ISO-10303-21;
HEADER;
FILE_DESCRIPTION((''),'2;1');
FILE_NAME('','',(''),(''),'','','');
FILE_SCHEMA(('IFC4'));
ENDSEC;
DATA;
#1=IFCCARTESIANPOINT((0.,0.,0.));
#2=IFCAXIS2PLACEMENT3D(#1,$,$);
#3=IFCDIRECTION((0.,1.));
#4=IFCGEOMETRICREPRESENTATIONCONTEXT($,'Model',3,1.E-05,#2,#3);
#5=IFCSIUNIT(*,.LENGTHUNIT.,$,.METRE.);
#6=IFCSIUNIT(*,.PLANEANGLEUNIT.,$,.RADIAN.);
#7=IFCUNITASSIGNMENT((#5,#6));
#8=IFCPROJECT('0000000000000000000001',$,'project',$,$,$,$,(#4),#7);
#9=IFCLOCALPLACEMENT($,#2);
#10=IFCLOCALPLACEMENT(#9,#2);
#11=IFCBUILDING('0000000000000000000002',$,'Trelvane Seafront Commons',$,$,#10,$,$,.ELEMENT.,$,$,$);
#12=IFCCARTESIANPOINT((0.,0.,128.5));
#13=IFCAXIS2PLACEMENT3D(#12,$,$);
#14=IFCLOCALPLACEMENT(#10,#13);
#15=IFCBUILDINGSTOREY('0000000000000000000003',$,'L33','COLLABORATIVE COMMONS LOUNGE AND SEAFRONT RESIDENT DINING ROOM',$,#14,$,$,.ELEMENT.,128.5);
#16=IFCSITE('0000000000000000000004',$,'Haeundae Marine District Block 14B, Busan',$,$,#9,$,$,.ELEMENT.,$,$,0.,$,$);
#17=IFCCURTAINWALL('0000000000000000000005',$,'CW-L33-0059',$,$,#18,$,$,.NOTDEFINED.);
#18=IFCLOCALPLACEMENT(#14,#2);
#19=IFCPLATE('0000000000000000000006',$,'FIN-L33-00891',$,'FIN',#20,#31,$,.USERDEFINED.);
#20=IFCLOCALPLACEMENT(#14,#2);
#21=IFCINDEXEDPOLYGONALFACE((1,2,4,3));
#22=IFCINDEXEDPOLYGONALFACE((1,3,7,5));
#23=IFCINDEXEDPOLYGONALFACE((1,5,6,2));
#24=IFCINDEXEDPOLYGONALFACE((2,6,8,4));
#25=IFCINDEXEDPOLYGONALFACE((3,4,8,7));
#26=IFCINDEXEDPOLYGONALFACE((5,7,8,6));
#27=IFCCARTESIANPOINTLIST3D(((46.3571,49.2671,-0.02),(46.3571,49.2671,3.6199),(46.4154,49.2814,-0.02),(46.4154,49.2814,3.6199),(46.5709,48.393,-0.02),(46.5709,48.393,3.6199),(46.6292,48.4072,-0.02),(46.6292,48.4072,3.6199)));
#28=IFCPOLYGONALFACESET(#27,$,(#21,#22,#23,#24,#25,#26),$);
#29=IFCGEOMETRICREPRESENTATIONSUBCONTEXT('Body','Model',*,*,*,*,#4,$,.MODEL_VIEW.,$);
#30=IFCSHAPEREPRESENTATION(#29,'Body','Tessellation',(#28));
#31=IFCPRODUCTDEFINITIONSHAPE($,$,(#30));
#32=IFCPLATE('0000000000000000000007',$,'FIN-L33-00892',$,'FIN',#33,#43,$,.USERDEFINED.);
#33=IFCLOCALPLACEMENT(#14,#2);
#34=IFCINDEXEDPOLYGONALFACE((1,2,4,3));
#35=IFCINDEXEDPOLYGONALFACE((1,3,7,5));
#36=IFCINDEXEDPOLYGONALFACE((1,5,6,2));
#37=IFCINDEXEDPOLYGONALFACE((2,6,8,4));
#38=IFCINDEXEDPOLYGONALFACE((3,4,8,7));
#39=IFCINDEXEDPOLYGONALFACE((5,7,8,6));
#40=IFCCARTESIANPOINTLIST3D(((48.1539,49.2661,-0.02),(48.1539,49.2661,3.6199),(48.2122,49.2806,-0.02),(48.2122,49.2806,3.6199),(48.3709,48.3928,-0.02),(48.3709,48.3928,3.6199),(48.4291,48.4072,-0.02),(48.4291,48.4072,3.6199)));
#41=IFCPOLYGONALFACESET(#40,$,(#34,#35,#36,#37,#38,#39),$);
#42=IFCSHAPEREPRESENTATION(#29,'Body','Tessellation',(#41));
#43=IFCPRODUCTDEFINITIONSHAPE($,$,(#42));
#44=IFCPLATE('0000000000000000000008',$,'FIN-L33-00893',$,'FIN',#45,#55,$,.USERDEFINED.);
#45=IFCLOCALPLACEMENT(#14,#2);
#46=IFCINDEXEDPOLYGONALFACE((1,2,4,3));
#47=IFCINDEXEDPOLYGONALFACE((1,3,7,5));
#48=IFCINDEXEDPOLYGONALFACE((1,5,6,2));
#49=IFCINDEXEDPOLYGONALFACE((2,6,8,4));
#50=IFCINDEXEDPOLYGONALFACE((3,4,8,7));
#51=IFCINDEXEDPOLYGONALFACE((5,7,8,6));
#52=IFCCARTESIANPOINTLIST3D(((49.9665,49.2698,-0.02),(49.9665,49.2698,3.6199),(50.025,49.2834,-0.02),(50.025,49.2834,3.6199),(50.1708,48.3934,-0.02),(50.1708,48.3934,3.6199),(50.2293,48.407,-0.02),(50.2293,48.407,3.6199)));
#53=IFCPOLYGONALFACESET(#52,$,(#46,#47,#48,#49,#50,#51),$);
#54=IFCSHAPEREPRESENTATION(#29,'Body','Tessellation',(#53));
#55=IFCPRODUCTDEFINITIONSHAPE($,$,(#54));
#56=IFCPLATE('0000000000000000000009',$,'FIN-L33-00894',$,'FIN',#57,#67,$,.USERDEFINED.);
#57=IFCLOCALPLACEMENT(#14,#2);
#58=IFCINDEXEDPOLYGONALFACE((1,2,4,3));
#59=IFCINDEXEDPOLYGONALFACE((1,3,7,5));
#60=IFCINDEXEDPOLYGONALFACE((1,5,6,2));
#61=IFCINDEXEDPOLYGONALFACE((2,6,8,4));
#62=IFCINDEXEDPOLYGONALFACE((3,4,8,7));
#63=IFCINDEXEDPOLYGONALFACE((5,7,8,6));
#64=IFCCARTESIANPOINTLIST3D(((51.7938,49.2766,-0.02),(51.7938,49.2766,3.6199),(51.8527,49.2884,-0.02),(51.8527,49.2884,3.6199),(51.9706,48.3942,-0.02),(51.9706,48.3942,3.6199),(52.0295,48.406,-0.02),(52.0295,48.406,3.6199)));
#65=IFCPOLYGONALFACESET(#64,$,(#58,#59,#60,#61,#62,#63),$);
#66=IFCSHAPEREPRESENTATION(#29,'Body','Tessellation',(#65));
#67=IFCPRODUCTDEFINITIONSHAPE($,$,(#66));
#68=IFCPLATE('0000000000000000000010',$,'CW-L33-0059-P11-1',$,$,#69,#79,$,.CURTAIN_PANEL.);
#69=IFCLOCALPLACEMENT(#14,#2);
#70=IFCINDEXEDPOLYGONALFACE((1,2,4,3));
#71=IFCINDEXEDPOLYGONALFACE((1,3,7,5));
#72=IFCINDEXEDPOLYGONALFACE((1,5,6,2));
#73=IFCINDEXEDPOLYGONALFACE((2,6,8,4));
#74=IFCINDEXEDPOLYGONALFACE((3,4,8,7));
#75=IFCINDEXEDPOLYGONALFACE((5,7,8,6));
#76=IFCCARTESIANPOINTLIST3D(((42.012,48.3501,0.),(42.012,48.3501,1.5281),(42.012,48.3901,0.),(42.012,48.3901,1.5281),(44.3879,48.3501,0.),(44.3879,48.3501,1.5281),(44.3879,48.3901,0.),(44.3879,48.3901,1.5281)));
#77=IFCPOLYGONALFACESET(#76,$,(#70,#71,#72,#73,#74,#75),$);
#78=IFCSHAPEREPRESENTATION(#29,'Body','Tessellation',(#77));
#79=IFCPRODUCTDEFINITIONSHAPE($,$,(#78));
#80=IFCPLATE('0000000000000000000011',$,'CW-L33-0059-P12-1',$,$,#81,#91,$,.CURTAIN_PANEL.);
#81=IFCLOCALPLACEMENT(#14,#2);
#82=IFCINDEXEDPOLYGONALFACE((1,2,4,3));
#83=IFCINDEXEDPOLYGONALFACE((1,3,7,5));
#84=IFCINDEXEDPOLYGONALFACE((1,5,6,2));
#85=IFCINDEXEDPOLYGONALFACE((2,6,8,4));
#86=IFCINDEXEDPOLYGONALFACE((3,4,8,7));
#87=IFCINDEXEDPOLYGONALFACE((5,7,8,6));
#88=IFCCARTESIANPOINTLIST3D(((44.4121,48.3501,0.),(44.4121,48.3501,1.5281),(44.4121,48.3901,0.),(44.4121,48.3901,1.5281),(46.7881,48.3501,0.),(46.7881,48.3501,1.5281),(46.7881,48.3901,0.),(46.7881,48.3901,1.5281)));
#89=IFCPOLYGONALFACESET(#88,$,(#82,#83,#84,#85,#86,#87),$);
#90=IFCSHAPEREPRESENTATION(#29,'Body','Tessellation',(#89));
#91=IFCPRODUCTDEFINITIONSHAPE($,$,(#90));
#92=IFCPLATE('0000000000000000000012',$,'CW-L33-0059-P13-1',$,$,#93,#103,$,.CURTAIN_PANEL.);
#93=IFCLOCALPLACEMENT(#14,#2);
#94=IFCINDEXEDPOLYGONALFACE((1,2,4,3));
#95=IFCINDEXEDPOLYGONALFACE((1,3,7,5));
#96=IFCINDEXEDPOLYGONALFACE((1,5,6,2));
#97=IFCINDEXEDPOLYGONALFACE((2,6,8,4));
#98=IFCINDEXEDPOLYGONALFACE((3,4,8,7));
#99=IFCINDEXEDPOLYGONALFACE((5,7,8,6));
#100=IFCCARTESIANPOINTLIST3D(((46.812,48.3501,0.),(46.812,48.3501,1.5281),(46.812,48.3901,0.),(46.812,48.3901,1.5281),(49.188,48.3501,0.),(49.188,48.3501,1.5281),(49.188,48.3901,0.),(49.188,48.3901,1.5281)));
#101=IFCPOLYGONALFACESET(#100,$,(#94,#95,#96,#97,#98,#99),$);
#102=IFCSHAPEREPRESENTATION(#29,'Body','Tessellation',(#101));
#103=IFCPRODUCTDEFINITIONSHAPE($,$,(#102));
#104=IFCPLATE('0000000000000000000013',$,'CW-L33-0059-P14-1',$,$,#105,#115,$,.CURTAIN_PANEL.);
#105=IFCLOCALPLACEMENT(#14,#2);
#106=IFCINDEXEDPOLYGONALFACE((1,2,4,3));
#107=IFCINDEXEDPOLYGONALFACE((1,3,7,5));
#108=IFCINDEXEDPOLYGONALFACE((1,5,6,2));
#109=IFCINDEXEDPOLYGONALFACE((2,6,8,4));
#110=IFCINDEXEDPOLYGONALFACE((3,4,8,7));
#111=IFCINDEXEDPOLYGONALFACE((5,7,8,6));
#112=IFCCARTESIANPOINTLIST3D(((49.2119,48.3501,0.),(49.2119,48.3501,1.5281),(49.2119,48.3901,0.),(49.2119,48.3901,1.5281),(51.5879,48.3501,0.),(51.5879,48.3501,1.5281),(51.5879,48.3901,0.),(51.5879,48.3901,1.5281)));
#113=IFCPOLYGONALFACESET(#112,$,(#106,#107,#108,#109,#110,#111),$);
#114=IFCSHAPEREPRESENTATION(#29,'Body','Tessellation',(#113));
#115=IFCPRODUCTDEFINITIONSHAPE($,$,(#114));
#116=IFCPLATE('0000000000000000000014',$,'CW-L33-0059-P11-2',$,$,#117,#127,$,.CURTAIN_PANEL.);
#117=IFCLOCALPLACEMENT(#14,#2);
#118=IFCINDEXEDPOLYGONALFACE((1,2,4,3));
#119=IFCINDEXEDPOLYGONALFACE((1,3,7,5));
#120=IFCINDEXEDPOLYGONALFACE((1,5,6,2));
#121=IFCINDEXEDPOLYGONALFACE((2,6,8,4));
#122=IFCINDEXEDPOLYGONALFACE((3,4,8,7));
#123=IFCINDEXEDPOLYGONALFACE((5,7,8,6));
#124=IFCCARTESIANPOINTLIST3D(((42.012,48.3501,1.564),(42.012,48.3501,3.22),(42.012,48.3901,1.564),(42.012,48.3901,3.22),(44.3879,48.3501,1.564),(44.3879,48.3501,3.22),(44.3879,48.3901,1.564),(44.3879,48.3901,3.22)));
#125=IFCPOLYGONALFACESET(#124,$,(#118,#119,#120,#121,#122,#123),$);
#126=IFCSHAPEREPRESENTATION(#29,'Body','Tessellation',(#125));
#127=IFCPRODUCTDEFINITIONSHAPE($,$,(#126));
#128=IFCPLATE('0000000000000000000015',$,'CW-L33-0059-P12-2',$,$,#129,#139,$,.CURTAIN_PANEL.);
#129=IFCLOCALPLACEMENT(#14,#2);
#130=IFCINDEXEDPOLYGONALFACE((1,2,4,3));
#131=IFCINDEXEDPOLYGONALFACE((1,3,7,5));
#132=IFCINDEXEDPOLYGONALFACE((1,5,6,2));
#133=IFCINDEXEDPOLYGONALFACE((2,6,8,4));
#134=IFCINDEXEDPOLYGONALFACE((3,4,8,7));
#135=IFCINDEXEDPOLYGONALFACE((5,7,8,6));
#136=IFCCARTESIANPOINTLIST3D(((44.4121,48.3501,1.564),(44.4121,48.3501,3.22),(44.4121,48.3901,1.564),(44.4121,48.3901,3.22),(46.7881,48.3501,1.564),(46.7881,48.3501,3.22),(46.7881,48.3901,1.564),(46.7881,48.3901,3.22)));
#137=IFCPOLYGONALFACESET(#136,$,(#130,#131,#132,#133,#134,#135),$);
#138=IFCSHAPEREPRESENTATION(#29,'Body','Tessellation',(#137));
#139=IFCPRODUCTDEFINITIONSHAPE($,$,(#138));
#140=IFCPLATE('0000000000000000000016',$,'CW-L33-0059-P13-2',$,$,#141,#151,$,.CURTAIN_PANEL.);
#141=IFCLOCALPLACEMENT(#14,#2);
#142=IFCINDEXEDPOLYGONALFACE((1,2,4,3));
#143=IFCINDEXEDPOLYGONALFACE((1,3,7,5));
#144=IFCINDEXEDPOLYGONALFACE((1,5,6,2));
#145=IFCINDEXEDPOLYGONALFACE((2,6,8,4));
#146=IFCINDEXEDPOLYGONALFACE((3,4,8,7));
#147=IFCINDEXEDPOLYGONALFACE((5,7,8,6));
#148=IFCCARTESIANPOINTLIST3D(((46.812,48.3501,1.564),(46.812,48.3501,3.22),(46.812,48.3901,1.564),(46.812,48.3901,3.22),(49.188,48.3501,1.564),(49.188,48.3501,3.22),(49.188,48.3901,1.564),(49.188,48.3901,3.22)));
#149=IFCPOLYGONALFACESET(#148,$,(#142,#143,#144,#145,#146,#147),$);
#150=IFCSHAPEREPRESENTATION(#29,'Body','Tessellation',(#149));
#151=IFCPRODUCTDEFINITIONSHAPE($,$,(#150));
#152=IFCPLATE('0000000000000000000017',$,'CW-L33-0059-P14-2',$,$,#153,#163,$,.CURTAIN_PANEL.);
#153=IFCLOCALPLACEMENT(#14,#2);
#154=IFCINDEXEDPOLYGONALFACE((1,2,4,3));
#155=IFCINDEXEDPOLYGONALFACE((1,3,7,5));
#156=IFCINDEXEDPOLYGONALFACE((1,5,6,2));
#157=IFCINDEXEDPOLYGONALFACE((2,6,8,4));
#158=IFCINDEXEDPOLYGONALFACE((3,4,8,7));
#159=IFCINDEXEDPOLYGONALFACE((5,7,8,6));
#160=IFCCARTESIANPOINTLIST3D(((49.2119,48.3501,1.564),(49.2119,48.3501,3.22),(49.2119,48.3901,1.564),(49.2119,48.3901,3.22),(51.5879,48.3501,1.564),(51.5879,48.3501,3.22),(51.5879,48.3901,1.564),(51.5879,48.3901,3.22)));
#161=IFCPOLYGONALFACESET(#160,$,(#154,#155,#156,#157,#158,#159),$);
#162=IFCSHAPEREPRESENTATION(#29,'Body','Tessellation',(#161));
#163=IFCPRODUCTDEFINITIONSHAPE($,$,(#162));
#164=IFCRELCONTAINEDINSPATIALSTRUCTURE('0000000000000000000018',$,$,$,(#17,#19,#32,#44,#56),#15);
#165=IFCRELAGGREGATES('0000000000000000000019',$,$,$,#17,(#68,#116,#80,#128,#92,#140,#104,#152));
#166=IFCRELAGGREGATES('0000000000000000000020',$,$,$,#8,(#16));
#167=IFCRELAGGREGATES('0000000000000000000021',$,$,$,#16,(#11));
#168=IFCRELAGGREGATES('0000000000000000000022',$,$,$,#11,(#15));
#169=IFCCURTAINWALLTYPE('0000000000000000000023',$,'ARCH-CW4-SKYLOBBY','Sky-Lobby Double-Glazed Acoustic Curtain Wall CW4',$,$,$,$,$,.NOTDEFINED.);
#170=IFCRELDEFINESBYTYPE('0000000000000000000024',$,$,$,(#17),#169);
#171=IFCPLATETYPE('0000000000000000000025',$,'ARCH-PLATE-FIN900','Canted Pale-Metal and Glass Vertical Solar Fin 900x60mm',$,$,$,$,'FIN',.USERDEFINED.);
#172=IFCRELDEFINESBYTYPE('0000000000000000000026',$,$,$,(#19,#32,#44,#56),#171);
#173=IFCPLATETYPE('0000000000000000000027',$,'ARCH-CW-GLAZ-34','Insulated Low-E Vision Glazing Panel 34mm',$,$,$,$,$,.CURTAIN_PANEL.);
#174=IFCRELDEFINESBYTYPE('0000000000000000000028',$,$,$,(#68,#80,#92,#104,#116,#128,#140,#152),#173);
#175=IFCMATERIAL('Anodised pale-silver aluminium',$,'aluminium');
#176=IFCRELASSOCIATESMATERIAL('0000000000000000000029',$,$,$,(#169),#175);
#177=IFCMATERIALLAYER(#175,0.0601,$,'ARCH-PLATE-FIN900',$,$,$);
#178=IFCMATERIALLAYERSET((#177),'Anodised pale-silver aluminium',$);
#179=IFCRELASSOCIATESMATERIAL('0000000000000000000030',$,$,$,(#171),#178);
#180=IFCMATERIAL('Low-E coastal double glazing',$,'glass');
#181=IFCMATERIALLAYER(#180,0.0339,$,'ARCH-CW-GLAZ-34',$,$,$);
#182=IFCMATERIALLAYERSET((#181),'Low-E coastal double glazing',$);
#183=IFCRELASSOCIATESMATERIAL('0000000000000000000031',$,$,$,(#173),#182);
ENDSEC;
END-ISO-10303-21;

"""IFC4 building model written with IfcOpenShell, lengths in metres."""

from ifc_helpers import new_model, si_unit, direction, frame, origin, origin_2d, place, context, subcontext, project, spatial, rectangle, extrude, source, transform, mapped, material, layer, layer_set, type_object, element, aggregate, save


model = new_model("IFC4")

# Units and contexts
model_context = context("Model", 3, precision=1e-05, world=origin(), true_north=direction((0.0, 1.0)))
body_context = subcontext(model_context, "Body", "Model", "MODEL_VIEW")
ifc_project = project(units=[si_unit("LENGTHUNIT", "METRE"), si_unit("PLANEANGLEUNIT", "RADIAN")], contexts=[model_context])

# Site, building, storey
site_placement = place(None, origin())
site = spatial("IfcSite", under=ifc_project, at=site_placement, Name="Haeundae Marine District Block 14B, Busan", CompositionType="ELEMENT", RefElevation=0.0)
building_placement = place(site_placement, origin())
building = spatial("IfcBuilding", under=site, at=building_placement, Name="Trelvane Seafront Commons", CompositionType="ELEMENT")
storey_placement = place(building_placement, frame((0.0, 0.0, 128.5)))
storey = spatial("IfcBuildingStorey", under=building, at=storey_placement, Name="L33", Description="COLLABORATIVE COMMONS LOUNGE AND SEAFRONT RESIDENT DINING ROOM", CompositionType="ELEMENT", Elevation=128.5)

# Curtain wall
ifc_material_1 = material(Name="Anodised pale-silver aluminium", Category="aluminium")
curtain_wall_type = type_object("IfcCurtainWallType", Name="ARCH-CW4-SKYLOBBY", Description="Sky-Lobby Double-Glazed Acoustic Curtain Wall CW4", PredefinedType="NOTDEFINED", material=ifc_material_1)
curtain_wall_placement = place(storey_placement, origin())
curtain_wall = element("IfcCurtainWall", 1, at=curtain_wall_placement, inside=storey, type_object=curtain_wall_type, Name="CW-L33-0059", PredefinedType="NOTDEFINED")

# Plates
ifc_layer_1 = layer(ifc_material_1, 0.0601, Name="ARCH-PLATE-FIN900")
ifc_layer_set_1 = layer_set([ifc_layer_1], Name="Anodised pale-silver aluminium")
plate_type_1 = type_object("IfcPlateType", Name="ARCH-PLATE-FIN900", Description="Canted Pale-Metal and Glass Vertical Solar Fin 900x60mm", ElementType="FIN", PredefinedType="USERDEFINED", material=ifc_layer_set_1)
shared_shape_1 = source(origin(), body_context, "Body", "SweptSolid", [
    extrude(rectangle(XDim=0.8999, YDim=0.0601, at=origin_2d()), origin(), (0.0, 0.0, 1.0), 3.6399),
])
for number, where, z_axis, x_axis, name in (
    (2, (46.4932, 48.8372, -0.02), (0.0, 0.0, 1.0), (-0.237566, 0.971372, 0.0), "FIN-L33-00891"),
    (3, (48.2915, 48.8367, -0.02), (0.0, 0.0, 1.0), (-0.241124, 0.970494, 0.0), "FIN-L33-00892"),
    (4, (50.0979, 48.8384, -0.02), (0.0, 0.0, 1.0), (-0.227107, 0.97387, 0.0), "FIN-L33-00893"),
    (5, (51.9116, 48.8413, -0.02), (0.0, 0.0, 1.0), (-0.196437, 0.980516, 0.0), "FIN-L33-00894"),
):
    element("IfcPlate", number, at=place(storey_placement, frame(where, z_axis=z_axis, x_axis=x_axis)), inside=storey, type_object=plate_type_1, Name=name, ObjectType="FIN", PredefinedType="USERDEFINED", context=body_context, shape_type="MappedRepresentation", body=[
        mapped(shared_shape_1, transform((0.0, 0.0, 0.0), x_axis=(1.0, 0.0, 0.0), y_axis=(0.0, 1.0, 0.0), z_axis=(0.0, 0.0, 1.0), scale=1.0)),
    ])

# Plates
ifc_material_2 = material(Name="Low-E coastal double glazing", Category="glass")
ifc_layer_2 = layer(ifc_material_2, 0.0339, Name="ARCH-CW-GLAZ-34")
ifc_layer_set_2 = layer_set([ifc_layer_2], Name="Low-E coastal double glazing")
plate_type_2 = type_object("IfcPlateType", Name="ARCH-CW-GLAZ-34", Description="Insulated Low-E Vision Glazing Panel 34mm", PredefinedType="CURTAIN_PANEL", material=ifc_layer_set_2)
shared_shape_2 = source(origin(), body_context, "Body", "SweptSolid", [
    extrude(rectangle(XDim=2.376, YDim=0.04, at=origin_2d()), origin(), (0.0, 0.0, 1.0), 1.5281),
])
plate_1_placement = place(storey_placement, frame((43.2, 48.3701, 0.0), z_axis=(0.0, 0.0, 1.0), x_axis=(1.0, 0.0, 0.0)))
plate_1 = element("IfcPlate", 6, at=plate_1_placement, type_object=plate_type_2, Name="CW-L33-0059-P11-1", PredefinedType="CURTAIN_PANEL", context=body_context, shape_type="MappedRepresentation", body=[
    mapped(shared_shape_2, transform((0.0, 0.0, 0.0), x_axis=(1.0, 0.0, 0.0), y_axis=(0.0, 1.0, 0.0), z_axis=(0.0, 0.0, 1.0), scale=1.0)),
])
plate_2_placement = place(storey_placement, frame((45.6001, 48.3701, 0.0), z_axis=(0.0, 0.0, 1.0), x_axis=(1.0, 0.0, 0.0)))
plate_2 = element("IfcPlate", 7, at=plate_2_placement, type_object=plate_type_2, Name="CW-L33-0059-P12-1", PredefinedType="CURTAIN_PANEL", context=body_context, shape_type="MappedRepresentation", body=[
    mapped(shared_shape_2, transform((0.0, 0.0, 0.0), x_axis=(1.0, 0.0, 0.0), y_axis=(0.0, 1.0, 0.0), z_axis=(0.0, 0.0, 1.0), scale=1.0)),
])
plate_3_placement = place(storey_placement, frame((48.0, 48.3701, 0.0), z_axis=(0.0, 0.0, 1.0), x_axis=(1.0, 0.0, 0.0)))
plate_3 = element("IfcPlate", 8, at=plate_3_placement, type_object=plate_type_2, Name="CW-L33-0059-P13-1", PredefinedType="CURTAIN_PANEL", context=body_context, shape_type="MappedRepresentation", body=[
    mapped(shared_shape_2, transform((0.0, 0.0, 0.0), x_axis=(1.0, 0.0, 0.0), y_axis=(0.0, 1.0, 0.0), z_axis=(0.0, 0.0, 1.0), scale=1.0)),
])
plate_4_placement = place(storey_placement, frame((50.3999, 48.3701, 0.0), z_axis=(0.0, 0.0, 1.0), x_axis=(1.0, 0.0, 0.0)))
plate_4 = element("IfcPlate", 9, at=plate_4_placement, type_object=plate_type_2, Name="CW-L33-0059-P14-1", PredefinedType="CURTAIN_PANEL", context=body_context, shape_type="MappedRepresentation", body=[
    mapped(shared_shape_2, transform((0.0, 0.0, 0.0), x_axis=(1.0, 0.0, 0.0), y_axis=(0.0, 1.0, 0.0), z_axis=(0.0, 0.0, 1.0), scale=1.0)),
])
shared_shape_3 = source(origin(), body_context, "Body", "SweptSolid", [
    extrude(rectangle(XDim=2.376, YDim=0.04, at=origin_2d()), origin(), (0.0, 0.0, 1.0), 1.656),
])
plate_5_placement = place(storey_placement, frame((43.2, 48.3701, 1.564), z_axis=(0.0, 0.0, 1.0), x_axis=(1.0, 0.0, 0.0)))
plate_5 = element("IfcPlate", 10, at=plate_5_placement, type_object=plate_type_2, Name="CW-L33-0059-P11-2", PredefinedType="CURTAIN_PANEL", context=body_context, shape_type="MappedRepresentation", body=[
    mapped(shared_shape_3, transform((0.0, 0.0, 0.0), x_axis=(1.0, 0.0, 0.0), y_axis=(0.0, 1.0, 0.0), z_axis=(0.0, 0.0, 1.0), scale=1.0)),
])
plate_6_placement = place(storey_placement, frame((45.6001, 48.3701, 1.564), z_axis=(0.0, 0.0, 1.0), x_axis=(1.0, 0.0, 0.0)))
plate_6 = element("IfcPlate", 11, at=plate_6_placement, type_object=plate_type_2, Name="CW-L33-0059-P12-2", PredefinedType="CURTAIN_PANEL", context=body_context, shape_type="MappedRepresentation", body=[
    mapped(shared_shape_3, transform((0.0, 0.0, 0.0), x_axis=(1.0, 0.0, 0.0), y_axis=(0.0, 1.0, 0.0), z_axis=(0.0, 0.0, 1.0), scale=1.0)),
])
plate_7_placement = place(storey_placement, frame((48.0, 48.3701, 1.564), z_axis=(0.0, 0.0, 1.0), x_axis=(1.0, 0.0, 0.0)))
plate_7 = element("IfcPlate", 12, at=plate_7_placement, type_object=plate_type_2, Name="CW-L33-0059-P13-2", PredefinedType="CURTAIN_PANEL", context=body_context, shape_type="MappedRepresentation", body=[
    mapped(shared_shape_3, transform((0.0, 0.0, 0.0), x_axis=(1.0, 0.0, 0.0), y_axis=(0.0, 1.0, 0.0), z_axis=(0.0, 0.0, 1.0), scale=1.0)),
])
plate_8_placement = place(storey_placement, frame((50.3999, 48.3701, 1.564), z_axis=(0.0, 0.0, 1.0), x_axis=(1.0, 0.0, 0.0)))
plate_8 = element("IfcPlate", 13, at=plate_8_placement, type_object=plate_type_2, Name="CW-L33-0059-P14-2", PredefinedType="CURTAIN_PANEL", context=body_context, shape_type="MappedRepresentation", body=[
    mapped(shared_shape_3, transform((0.0, 0.0, 0.0), x_axis=(1.0, 0.0, 0.0), y_axis=(0.0, 1.0, 0.0), z_axis=(0.0, 0.0, 1.0), scale=1.0)),
])
aggregate(curtain_wall, [plate_1, plate_5, plate_2, plate_6, plate_3, plate_7, plate_4, plate_8])

save(model, "model.ifc")
